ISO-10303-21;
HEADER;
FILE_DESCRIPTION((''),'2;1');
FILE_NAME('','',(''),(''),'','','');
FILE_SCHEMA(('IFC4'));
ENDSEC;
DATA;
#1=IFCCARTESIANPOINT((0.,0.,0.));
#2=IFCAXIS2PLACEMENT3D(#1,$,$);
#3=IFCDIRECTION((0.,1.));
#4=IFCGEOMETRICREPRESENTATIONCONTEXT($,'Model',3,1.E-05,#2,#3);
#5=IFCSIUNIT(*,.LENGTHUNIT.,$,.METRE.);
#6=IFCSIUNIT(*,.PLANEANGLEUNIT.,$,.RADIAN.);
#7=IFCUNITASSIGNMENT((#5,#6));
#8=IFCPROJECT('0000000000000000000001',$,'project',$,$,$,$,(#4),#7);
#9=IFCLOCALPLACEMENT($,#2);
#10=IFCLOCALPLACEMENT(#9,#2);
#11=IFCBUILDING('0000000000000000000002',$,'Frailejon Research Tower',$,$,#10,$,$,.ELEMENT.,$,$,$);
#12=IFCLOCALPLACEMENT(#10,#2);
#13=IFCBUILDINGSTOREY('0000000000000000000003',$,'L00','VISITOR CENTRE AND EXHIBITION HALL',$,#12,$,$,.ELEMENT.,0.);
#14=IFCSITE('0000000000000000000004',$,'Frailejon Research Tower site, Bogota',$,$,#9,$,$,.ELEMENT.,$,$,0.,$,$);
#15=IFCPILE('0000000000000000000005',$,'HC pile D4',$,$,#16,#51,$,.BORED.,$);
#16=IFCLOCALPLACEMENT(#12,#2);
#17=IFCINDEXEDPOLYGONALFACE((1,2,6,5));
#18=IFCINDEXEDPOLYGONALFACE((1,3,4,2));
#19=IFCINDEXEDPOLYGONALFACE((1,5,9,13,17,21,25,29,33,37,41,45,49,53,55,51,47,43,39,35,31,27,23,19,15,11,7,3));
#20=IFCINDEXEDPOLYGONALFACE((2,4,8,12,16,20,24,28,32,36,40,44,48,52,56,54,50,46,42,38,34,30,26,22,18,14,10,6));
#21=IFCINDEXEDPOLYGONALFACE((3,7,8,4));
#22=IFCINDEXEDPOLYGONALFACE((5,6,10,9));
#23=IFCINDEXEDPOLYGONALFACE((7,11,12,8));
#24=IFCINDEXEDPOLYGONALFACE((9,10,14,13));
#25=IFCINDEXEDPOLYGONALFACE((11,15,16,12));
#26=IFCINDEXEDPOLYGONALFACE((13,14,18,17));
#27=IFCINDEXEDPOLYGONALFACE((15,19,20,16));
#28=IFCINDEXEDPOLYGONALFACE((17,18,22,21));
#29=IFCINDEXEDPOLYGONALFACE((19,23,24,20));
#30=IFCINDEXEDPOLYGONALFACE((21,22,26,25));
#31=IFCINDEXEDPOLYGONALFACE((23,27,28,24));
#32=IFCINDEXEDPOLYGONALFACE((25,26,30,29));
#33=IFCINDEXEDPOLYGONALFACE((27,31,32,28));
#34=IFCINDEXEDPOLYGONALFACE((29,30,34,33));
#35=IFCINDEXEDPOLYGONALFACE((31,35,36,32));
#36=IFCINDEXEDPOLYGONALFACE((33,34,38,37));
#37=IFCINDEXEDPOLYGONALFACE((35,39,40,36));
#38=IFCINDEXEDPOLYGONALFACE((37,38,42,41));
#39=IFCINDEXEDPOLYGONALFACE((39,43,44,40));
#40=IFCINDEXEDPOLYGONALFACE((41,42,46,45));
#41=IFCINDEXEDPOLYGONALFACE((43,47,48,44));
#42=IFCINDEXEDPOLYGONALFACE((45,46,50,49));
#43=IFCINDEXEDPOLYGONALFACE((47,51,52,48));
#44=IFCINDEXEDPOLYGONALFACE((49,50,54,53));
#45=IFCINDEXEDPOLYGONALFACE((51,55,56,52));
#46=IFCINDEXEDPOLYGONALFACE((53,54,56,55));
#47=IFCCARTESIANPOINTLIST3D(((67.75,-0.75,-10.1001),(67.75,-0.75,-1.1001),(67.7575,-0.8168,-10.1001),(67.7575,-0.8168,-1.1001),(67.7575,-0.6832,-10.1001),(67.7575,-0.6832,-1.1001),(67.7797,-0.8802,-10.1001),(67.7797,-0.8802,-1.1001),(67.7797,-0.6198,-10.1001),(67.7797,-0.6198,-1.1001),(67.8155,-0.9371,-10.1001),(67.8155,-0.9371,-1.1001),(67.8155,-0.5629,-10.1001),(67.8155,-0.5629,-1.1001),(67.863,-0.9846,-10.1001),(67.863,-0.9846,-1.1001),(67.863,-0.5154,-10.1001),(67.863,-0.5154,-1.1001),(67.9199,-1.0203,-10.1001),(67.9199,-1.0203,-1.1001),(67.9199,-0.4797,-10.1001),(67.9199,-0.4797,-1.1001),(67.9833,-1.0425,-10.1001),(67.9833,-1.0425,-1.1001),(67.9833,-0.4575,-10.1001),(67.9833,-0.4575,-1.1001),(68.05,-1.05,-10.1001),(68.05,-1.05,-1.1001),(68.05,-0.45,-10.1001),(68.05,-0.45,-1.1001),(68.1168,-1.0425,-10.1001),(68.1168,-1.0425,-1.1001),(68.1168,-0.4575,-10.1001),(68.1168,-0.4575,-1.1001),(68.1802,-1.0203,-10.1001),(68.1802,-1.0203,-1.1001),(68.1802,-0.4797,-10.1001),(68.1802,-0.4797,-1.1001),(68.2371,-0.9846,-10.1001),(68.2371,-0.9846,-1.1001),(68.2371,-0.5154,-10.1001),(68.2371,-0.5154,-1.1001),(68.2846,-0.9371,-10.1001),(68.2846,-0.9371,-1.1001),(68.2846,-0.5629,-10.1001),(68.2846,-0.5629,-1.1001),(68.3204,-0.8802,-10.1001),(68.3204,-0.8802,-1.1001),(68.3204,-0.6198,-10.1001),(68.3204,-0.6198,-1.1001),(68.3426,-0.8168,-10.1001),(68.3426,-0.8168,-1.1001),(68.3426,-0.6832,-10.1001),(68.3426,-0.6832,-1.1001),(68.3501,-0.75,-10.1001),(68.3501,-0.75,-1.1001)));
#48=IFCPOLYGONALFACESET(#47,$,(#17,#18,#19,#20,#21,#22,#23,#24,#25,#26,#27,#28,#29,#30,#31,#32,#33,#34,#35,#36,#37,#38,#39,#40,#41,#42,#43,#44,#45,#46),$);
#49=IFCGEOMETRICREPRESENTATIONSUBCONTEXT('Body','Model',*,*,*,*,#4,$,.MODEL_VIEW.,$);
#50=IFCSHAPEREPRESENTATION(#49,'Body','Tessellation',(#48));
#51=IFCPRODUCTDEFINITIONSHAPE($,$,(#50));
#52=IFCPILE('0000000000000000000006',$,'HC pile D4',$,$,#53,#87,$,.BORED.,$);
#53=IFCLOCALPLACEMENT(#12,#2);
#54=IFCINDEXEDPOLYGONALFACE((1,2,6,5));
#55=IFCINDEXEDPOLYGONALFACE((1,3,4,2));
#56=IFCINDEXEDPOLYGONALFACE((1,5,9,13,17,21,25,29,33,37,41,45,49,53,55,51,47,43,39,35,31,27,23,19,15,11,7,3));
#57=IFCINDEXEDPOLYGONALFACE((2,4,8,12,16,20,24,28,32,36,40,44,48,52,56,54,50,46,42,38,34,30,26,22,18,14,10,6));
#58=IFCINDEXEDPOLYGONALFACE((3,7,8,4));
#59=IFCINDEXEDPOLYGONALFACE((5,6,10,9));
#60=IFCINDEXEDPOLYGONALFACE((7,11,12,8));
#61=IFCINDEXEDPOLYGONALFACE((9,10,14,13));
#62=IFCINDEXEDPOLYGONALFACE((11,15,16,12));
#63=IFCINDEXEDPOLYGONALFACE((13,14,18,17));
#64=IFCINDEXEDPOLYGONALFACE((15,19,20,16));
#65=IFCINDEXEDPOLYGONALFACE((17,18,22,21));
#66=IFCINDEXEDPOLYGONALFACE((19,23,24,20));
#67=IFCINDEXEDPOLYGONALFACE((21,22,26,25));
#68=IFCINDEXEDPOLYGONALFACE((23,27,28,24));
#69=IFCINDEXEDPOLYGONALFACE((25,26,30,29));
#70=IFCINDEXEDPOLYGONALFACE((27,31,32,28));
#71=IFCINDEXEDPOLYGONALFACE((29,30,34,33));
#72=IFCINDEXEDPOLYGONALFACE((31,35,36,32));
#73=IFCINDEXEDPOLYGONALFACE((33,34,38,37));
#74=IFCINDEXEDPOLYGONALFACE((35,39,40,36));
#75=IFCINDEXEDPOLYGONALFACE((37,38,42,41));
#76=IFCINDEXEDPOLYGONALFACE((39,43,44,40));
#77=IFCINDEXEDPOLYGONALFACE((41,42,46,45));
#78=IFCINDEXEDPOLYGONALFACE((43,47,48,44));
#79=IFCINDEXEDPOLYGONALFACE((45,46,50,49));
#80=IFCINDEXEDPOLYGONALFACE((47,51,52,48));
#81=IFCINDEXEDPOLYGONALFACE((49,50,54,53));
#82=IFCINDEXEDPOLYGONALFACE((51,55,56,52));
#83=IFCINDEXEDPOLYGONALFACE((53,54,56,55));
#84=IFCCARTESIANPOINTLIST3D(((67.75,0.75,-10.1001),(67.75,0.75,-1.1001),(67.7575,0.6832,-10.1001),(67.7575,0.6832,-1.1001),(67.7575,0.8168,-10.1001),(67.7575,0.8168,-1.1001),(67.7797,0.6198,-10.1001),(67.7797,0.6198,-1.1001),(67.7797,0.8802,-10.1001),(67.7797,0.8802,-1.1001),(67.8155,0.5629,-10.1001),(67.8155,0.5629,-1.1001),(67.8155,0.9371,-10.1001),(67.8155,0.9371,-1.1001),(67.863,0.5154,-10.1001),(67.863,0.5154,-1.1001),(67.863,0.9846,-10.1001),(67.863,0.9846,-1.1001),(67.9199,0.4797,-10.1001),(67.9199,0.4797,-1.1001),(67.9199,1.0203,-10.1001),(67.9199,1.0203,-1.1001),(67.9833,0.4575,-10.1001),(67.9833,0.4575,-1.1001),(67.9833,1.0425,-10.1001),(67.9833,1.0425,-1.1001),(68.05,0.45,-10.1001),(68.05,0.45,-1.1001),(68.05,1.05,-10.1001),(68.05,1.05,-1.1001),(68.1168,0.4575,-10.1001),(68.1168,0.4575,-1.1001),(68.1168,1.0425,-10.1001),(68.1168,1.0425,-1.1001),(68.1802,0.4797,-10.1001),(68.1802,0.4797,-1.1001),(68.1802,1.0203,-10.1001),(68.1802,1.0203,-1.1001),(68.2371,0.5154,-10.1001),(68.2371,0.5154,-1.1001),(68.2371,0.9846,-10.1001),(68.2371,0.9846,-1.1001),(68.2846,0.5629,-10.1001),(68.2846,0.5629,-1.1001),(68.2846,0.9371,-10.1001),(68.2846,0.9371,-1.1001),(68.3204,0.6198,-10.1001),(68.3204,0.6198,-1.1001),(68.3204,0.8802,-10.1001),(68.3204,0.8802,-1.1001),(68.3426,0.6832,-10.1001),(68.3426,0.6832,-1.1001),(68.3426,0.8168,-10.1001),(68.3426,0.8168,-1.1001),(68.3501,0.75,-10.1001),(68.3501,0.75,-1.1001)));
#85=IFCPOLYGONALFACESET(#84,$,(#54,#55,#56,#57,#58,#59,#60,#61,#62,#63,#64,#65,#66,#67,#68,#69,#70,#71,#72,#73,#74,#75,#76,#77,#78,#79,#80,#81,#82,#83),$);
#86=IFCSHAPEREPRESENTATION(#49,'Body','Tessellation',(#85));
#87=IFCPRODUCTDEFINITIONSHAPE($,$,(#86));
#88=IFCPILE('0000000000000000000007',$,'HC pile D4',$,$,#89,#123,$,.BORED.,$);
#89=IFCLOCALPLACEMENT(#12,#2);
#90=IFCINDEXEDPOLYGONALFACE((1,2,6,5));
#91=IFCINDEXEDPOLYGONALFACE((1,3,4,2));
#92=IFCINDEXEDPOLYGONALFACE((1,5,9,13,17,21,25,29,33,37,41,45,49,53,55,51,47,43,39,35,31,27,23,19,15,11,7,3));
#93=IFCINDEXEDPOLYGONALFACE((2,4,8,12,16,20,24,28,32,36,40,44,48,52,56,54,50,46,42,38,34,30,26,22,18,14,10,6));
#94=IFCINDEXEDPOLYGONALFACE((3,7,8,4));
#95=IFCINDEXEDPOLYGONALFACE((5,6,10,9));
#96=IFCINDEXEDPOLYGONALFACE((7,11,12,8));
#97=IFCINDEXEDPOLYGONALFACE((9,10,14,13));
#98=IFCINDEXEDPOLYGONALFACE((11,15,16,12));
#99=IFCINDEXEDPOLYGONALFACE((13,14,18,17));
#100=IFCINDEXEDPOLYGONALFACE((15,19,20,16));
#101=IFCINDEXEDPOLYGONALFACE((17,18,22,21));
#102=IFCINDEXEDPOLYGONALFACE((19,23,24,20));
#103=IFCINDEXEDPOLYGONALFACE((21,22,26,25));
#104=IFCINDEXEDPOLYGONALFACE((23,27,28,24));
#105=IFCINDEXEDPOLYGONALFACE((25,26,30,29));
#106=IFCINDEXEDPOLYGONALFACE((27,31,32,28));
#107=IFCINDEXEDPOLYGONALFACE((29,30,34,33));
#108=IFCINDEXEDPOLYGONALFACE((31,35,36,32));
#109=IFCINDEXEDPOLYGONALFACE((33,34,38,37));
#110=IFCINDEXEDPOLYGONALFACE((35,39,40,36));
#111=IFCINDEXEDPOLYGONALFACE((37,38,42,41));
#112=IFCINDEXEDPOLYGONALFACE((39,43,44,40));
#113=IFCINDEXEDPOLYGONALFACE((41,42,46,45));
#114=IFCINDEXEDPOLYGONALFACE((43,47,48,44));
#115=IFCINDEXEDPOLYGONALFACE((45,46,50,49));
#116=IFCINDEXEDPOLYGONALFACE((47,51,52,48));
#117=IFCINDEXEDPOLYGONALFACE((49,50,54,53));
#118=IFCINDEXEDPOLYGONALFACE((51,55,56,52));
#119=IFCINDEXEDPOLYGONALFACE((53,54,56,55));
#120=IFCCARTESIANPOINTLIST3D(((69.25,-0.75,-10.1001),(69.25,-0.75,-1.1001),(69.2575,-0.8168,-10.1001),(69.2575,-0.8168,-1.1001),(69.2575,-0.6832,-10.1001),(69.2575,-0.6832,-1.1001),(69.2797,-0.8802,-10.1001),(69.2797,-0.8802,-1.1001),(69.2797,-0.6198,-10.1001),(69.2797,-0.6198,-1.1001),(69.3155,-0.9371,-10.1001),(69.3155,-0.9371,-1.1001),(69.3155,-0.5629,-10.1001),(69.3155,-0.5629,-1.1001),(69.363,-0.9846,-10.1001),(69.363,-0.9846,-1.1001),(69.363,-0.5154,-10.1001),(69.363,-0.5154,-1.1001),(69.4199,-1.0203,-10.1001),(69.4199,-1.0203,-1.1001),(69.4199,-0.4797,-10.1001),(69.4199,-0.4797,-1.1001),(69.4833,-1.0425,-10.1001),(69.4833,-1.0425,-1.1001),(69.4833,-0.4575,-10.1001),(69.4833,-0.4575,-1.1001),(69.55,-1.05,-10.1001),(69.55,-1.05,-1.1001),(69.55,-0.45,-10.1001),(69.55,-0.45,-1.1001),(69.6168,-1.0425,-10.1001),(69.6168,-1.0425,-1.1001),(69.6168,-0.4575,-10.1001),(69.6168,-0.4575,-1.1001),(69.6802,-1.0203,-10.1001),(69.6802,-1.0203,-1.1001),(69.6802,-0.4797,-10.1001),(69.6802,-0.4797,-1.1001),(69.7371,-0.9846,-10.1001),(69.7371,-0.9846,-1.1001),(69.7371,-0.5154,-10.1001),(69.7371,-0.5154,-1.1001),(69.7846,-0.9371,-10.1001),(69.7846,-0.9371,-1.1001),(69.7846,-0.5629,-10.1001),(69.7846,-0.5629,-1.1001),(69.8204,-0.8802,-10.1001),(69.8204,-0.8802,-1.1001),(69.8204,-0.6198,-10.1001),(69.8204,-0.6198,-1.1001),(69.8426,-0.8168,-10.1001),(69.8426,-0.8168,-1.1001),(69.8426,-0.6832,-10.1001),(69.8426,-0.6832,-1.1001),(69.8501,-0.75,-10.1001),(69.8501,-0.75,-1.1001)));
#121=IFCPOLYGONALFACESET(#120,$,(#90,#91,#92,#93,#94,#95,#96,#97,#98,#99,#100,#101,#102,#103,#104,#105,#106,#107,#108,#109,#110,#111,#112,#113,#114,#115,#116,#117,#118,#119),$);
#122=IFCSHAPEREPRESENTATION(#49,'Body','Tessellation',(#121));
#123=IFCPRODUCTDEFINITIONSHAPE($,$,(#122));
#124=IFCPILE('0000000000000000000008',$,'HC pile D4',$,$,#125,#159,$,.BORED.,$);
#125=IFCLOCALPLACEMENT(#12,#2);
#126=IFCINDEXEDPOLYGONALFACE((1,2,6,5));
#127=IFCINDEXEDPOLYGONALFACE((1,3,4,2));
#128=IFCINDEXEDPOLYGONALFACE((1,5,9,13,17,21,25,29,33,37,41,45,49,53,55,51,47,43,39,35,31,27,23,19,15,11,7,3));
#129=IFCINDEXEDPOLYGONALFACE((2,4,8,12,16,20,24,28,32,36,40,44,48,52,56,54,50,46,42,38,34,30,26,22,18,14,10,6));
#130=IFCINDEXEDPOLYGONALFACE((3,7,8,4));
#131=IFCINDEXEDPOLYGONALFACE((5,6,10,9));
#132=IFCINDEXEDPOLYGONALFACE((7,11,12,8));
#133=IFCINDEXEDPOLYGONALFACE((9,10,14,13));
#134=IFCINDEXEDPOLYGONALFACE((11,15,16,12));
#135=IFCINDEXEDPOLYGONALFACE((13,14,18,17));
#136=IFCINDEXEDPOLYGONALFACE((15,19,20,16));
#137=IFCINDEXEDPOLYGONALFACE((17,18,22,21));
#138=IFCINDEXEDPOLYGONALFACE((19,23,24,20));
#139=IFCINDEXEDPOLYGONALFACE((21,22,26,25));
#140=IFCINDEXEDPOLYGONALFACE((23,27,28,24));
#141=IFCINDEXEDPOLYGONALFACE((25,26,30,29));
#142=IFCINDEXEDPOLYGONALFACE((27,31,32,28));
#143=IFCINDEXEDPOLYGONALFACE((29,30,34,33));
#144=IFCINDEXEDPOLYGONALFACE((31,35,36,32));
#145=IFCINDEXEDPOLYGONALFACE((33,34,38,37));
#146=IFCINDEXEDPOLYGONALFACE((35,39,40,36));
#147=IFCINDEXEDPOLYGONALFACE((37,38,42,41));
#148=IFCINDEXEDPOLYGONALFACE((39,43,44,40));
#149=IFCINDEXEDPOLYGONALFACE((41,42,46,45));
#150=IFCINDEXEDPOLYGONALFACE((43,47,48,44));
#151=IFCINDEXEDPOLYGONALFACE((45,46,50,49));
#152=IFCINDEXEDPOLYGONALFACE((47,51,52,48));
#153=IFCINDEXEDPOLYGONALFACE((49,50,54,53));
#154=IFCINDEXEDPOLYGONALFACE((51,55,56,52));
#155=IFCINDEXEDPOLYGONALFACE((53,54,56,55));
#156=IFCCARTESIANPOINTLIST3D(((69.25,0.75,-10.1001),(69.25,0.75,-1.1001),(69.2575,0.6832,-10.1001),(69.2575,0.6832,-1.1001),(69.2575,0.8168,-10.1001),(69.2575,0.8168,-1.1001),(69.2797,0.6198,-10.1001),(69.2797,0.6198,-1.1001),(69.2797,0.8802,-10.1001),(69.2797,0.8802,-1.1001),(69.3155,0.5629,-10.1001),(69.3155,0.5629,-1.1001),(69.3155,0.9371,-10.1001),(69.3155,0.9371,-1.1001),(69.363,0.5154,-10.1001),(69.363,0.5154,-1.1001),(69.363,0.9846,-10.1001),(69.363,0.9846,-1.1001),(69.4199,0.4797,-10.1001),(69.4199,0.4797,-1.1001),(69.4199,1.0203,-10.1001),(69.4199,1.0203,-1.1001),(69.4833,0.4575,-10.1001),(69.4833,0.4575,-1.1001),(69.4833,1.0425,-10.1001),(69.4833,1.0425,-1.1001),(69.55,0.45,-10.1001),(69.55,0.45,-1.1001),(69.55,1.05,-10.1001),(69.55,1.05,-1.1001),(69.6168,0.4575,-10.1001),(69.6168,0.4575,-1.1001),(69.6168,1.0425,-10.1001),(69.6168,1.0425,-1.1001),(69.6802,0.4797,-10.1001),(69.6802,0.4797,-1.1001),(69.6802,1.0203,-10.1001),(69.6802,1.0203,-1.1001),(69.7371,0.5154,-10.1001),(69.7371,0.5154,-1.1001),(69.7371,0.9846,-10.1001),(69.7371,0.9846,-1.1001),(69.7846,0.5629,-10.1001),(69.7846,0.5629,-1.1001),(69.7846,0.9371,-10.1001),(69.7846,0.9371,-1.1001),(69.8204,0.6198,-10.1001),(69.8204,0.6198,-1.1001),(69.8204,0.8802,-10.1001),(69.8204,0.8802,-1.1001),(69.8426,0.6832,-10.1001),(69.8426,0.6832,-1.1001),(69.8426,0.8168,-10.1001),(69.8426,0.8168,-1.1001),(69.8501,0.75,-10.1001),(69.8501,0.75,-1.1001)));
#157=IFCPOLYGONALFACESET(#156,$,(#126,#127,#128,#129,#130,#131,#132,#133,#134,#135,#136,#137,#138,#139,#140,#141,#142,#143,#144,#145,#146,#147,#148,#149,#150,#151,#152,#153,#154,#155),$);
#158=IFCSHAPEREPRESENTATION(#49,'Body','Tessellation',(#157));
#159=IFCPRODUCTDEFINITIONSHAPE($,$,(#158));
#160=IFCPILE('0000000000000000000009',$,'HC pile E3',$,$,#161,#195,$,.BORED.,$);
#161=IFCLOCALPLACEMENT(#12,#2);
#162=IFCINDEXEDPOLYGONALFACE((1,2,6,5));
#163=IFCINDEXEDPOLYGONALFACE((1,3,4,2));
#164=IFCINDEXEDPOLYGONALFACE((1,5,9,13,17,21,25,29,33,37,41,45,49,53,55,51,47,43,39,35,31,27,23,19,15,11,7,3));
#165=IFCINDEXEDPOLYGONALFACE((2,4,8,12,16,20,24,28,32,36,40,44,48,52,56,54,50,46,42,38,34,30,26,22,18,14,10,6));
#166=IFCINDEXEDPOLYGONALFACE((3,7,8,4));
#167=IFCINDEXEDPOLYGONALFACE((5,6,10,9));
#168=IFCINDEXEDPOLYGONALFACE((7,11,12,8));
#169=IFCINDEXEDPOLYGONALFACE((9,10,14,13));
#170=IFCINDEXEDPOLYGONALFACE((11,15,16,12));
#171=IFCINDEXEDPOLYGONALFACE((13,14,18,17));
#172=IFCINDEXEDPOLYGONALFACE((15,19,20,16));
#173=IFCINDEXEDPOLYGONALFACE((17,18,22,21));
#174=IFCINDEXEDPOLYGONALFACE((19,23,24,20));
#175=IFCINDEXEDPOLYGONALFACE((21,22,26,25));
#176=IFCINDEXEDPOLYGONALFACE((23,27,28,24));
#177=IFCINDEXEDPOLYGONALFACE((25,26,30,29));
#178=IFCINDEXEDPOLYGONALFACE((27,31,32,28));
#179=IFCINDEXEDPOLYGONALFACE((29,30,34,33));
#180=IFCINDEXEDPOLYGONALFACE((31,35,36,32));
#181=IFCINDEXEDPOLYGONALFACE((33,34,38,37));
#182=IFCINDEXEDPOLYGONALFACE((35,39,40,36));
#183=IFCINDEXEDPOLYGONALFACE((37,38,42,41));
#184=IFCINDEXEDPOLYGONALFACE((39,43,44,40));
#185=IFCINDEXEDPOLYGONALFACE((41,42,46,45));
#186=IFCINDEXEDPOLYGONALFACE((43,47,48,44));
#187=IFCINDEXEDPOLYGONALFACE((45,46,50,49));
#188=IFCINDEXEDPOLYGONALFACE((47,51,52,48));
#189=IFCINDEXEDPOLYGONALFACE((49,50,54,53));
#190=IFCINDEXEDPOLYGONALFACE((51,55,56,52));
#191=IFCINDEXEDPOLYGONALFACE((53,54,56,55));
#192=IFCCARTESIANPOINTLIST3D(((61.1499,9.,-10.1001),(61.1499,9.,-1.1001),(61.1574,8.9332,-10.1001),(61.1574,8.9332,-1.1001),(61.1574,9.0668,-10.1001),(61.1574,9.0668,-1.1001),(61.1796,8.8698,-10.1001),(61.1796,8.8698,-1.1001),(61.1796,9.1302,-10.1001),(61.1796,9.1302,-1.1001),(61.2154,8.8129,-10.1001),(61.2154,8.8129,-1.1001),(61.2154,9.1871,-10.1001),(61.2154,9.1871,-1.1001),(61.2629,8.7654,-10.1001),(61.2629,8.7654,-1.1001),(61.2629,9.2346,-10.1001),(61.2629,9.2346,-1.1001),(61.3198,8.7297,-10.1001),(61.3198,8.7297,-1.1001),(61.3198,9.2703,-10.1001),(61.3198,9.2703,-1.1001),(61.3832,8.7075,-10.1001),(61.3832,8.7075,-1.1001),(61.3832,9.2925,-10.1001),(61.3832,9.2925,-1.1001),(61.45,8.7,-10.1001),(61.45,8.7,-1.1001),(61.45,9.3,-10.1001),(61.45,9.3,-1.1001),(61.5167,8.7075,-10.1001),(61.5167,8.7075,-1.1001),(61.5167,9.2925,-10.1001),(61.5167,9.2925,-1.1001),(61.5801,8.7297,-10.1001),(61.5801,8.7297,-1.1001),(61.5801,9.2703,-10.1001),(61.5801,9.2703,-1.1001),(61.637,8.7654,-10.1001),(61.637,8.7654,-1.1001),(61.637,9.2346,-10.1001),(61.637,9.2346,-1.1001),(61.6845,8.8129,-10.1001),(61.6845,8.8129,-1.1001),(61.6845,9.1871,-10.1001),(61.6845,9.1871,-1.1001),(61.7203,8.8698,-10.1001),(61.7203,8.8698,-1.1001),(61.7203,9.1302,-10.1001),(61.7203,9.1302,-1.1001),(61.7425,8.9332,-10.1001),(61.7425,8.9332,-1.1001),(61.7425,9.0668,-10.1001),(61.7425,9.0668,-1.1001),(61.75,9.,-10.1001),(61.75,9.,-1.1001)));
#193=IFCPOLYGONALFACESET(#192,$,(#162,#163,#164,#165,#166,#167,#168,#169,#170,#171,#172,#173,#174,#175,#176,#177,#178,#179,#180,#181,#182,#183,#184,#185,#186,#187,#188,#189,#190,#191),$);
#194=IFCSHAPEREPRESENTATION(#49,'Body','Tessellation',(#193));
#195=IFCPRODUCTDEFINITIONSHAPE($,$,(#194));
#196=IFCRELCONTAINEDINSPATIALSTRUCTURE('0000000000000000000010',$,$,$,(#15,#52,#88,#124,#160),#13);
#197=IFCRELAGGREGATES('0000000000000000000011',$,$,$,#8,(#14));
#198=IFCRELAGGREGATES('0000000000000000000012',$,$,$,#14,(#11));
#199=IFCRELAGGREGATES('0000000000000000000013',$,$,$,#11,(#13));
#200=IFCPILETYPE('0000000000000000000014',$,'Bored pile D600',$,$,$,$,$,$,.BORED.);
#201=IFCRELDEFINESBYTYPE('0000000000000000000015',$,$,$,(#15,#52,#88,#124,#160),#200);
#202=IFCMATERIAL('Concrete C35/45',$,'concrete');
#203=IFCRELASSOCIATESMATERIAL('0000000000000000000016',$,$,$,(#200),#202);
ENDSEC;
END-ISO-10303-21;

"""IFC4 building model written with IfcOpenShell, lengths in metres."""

from ifc_helpers import new_model, si_unit, direction, frame, origin, origin_2d, place, context, subcontext, project, spatial, circle, extrude, material, material_profile, profile_set, type_object, element, save


model = new_model("IFC4")

# Units and contexts
model_context = context("Model", 3, precision=1e-05, world=origin(), true_north=direction((0.0, 1.0)))
body_context = subcontext(model_context, "Body", "Model", "MODEL_VIEW")
ifc_project = project(units=[si_unit("LENGTHUNIT", "METRE"), si_unit("PLANEANGLEUNIT", "RADIAN")], contexts=[model_context])

# Site, building, storey
site_placement = place(None, origin())
site = spatial("IfcSite", under=ifc_project, at=site_placement, Name="Frailejon Research Tower site, Bogota", CompositionType="ELEMENT", RefElevation=0.0)
building_placement = place(site_placement, origin())
building = spatial("IfcBuilding", under=site, at=building_placement, Name="Frailejon Research Tower", CompositionType="ELEMENT")
storey_placement = place(building_placement, origin())
storey = spatial("IfcBuildingStorey", under=building, at=storey_placement, Name="L00", Description="VISITOR CENTRE AND EXHIBITION HALL", CompositionType="ELEMENT", Elevation=0.0)

# Piles
ifc_material_1 = material(Name="Concrete C35/45", Category="concrete")
ifc_material_profile_1 = material_profile(ifc_material_1, circle(Radius=0.3, at=origin_2d()), Name="Bored pile D600")
ifc_profile_set_1 = profile_set([ifc_material_profile_1], Name="Concrete C35/45")
pile_type = type_object("IfcPileType", Name="Bored pile D600", PredefinedType="BORED", material=ifc_profile_set_1)
for number, where, z_axis, x_axis, name in (
    (1, (68.05, -0.75, -1.1001), (0.0, 0.0, -1.0), (1.0, 0.0, 0.0), "HC pile D4"),
    (2, (68.05, 0.75, -1.1001), (0.0, 0.0, -1.0), (1.0, 0.0, 0.0), "HC pile D4"),
    (3, (69.55, -0.75, -1.1001), (0.0, 0.0, -1.0), (1.0, 0.0, 0.0), "HC pile D4"),
    (4, (69.55, 0.75, -1.1001), (0.0, 0.0, -1.0), (1.0, 0.0, 0.0), "HC pile D4"),
    (5, (61.45, 9.0, -1.1001), (0.0, 0.0, -1.0), (1.0, 0.0, 0.0), "HC pile E3"),
):
    element("IfcPile", number, at=place(storey_placement, frame(where, z_axis=z_axis, x_axis=x_axis)), inside=storey, type_object=pile_type, Name=name, PredefinedType="BORED", context=body_context, shape_type="SweptSolid", body=[
        extrude(circle(Radius=0.3, at=origin_2d()), origin(), (0.0, 0.0, 1.0), 9.0),
    ])

save(model, "model.ifc")
